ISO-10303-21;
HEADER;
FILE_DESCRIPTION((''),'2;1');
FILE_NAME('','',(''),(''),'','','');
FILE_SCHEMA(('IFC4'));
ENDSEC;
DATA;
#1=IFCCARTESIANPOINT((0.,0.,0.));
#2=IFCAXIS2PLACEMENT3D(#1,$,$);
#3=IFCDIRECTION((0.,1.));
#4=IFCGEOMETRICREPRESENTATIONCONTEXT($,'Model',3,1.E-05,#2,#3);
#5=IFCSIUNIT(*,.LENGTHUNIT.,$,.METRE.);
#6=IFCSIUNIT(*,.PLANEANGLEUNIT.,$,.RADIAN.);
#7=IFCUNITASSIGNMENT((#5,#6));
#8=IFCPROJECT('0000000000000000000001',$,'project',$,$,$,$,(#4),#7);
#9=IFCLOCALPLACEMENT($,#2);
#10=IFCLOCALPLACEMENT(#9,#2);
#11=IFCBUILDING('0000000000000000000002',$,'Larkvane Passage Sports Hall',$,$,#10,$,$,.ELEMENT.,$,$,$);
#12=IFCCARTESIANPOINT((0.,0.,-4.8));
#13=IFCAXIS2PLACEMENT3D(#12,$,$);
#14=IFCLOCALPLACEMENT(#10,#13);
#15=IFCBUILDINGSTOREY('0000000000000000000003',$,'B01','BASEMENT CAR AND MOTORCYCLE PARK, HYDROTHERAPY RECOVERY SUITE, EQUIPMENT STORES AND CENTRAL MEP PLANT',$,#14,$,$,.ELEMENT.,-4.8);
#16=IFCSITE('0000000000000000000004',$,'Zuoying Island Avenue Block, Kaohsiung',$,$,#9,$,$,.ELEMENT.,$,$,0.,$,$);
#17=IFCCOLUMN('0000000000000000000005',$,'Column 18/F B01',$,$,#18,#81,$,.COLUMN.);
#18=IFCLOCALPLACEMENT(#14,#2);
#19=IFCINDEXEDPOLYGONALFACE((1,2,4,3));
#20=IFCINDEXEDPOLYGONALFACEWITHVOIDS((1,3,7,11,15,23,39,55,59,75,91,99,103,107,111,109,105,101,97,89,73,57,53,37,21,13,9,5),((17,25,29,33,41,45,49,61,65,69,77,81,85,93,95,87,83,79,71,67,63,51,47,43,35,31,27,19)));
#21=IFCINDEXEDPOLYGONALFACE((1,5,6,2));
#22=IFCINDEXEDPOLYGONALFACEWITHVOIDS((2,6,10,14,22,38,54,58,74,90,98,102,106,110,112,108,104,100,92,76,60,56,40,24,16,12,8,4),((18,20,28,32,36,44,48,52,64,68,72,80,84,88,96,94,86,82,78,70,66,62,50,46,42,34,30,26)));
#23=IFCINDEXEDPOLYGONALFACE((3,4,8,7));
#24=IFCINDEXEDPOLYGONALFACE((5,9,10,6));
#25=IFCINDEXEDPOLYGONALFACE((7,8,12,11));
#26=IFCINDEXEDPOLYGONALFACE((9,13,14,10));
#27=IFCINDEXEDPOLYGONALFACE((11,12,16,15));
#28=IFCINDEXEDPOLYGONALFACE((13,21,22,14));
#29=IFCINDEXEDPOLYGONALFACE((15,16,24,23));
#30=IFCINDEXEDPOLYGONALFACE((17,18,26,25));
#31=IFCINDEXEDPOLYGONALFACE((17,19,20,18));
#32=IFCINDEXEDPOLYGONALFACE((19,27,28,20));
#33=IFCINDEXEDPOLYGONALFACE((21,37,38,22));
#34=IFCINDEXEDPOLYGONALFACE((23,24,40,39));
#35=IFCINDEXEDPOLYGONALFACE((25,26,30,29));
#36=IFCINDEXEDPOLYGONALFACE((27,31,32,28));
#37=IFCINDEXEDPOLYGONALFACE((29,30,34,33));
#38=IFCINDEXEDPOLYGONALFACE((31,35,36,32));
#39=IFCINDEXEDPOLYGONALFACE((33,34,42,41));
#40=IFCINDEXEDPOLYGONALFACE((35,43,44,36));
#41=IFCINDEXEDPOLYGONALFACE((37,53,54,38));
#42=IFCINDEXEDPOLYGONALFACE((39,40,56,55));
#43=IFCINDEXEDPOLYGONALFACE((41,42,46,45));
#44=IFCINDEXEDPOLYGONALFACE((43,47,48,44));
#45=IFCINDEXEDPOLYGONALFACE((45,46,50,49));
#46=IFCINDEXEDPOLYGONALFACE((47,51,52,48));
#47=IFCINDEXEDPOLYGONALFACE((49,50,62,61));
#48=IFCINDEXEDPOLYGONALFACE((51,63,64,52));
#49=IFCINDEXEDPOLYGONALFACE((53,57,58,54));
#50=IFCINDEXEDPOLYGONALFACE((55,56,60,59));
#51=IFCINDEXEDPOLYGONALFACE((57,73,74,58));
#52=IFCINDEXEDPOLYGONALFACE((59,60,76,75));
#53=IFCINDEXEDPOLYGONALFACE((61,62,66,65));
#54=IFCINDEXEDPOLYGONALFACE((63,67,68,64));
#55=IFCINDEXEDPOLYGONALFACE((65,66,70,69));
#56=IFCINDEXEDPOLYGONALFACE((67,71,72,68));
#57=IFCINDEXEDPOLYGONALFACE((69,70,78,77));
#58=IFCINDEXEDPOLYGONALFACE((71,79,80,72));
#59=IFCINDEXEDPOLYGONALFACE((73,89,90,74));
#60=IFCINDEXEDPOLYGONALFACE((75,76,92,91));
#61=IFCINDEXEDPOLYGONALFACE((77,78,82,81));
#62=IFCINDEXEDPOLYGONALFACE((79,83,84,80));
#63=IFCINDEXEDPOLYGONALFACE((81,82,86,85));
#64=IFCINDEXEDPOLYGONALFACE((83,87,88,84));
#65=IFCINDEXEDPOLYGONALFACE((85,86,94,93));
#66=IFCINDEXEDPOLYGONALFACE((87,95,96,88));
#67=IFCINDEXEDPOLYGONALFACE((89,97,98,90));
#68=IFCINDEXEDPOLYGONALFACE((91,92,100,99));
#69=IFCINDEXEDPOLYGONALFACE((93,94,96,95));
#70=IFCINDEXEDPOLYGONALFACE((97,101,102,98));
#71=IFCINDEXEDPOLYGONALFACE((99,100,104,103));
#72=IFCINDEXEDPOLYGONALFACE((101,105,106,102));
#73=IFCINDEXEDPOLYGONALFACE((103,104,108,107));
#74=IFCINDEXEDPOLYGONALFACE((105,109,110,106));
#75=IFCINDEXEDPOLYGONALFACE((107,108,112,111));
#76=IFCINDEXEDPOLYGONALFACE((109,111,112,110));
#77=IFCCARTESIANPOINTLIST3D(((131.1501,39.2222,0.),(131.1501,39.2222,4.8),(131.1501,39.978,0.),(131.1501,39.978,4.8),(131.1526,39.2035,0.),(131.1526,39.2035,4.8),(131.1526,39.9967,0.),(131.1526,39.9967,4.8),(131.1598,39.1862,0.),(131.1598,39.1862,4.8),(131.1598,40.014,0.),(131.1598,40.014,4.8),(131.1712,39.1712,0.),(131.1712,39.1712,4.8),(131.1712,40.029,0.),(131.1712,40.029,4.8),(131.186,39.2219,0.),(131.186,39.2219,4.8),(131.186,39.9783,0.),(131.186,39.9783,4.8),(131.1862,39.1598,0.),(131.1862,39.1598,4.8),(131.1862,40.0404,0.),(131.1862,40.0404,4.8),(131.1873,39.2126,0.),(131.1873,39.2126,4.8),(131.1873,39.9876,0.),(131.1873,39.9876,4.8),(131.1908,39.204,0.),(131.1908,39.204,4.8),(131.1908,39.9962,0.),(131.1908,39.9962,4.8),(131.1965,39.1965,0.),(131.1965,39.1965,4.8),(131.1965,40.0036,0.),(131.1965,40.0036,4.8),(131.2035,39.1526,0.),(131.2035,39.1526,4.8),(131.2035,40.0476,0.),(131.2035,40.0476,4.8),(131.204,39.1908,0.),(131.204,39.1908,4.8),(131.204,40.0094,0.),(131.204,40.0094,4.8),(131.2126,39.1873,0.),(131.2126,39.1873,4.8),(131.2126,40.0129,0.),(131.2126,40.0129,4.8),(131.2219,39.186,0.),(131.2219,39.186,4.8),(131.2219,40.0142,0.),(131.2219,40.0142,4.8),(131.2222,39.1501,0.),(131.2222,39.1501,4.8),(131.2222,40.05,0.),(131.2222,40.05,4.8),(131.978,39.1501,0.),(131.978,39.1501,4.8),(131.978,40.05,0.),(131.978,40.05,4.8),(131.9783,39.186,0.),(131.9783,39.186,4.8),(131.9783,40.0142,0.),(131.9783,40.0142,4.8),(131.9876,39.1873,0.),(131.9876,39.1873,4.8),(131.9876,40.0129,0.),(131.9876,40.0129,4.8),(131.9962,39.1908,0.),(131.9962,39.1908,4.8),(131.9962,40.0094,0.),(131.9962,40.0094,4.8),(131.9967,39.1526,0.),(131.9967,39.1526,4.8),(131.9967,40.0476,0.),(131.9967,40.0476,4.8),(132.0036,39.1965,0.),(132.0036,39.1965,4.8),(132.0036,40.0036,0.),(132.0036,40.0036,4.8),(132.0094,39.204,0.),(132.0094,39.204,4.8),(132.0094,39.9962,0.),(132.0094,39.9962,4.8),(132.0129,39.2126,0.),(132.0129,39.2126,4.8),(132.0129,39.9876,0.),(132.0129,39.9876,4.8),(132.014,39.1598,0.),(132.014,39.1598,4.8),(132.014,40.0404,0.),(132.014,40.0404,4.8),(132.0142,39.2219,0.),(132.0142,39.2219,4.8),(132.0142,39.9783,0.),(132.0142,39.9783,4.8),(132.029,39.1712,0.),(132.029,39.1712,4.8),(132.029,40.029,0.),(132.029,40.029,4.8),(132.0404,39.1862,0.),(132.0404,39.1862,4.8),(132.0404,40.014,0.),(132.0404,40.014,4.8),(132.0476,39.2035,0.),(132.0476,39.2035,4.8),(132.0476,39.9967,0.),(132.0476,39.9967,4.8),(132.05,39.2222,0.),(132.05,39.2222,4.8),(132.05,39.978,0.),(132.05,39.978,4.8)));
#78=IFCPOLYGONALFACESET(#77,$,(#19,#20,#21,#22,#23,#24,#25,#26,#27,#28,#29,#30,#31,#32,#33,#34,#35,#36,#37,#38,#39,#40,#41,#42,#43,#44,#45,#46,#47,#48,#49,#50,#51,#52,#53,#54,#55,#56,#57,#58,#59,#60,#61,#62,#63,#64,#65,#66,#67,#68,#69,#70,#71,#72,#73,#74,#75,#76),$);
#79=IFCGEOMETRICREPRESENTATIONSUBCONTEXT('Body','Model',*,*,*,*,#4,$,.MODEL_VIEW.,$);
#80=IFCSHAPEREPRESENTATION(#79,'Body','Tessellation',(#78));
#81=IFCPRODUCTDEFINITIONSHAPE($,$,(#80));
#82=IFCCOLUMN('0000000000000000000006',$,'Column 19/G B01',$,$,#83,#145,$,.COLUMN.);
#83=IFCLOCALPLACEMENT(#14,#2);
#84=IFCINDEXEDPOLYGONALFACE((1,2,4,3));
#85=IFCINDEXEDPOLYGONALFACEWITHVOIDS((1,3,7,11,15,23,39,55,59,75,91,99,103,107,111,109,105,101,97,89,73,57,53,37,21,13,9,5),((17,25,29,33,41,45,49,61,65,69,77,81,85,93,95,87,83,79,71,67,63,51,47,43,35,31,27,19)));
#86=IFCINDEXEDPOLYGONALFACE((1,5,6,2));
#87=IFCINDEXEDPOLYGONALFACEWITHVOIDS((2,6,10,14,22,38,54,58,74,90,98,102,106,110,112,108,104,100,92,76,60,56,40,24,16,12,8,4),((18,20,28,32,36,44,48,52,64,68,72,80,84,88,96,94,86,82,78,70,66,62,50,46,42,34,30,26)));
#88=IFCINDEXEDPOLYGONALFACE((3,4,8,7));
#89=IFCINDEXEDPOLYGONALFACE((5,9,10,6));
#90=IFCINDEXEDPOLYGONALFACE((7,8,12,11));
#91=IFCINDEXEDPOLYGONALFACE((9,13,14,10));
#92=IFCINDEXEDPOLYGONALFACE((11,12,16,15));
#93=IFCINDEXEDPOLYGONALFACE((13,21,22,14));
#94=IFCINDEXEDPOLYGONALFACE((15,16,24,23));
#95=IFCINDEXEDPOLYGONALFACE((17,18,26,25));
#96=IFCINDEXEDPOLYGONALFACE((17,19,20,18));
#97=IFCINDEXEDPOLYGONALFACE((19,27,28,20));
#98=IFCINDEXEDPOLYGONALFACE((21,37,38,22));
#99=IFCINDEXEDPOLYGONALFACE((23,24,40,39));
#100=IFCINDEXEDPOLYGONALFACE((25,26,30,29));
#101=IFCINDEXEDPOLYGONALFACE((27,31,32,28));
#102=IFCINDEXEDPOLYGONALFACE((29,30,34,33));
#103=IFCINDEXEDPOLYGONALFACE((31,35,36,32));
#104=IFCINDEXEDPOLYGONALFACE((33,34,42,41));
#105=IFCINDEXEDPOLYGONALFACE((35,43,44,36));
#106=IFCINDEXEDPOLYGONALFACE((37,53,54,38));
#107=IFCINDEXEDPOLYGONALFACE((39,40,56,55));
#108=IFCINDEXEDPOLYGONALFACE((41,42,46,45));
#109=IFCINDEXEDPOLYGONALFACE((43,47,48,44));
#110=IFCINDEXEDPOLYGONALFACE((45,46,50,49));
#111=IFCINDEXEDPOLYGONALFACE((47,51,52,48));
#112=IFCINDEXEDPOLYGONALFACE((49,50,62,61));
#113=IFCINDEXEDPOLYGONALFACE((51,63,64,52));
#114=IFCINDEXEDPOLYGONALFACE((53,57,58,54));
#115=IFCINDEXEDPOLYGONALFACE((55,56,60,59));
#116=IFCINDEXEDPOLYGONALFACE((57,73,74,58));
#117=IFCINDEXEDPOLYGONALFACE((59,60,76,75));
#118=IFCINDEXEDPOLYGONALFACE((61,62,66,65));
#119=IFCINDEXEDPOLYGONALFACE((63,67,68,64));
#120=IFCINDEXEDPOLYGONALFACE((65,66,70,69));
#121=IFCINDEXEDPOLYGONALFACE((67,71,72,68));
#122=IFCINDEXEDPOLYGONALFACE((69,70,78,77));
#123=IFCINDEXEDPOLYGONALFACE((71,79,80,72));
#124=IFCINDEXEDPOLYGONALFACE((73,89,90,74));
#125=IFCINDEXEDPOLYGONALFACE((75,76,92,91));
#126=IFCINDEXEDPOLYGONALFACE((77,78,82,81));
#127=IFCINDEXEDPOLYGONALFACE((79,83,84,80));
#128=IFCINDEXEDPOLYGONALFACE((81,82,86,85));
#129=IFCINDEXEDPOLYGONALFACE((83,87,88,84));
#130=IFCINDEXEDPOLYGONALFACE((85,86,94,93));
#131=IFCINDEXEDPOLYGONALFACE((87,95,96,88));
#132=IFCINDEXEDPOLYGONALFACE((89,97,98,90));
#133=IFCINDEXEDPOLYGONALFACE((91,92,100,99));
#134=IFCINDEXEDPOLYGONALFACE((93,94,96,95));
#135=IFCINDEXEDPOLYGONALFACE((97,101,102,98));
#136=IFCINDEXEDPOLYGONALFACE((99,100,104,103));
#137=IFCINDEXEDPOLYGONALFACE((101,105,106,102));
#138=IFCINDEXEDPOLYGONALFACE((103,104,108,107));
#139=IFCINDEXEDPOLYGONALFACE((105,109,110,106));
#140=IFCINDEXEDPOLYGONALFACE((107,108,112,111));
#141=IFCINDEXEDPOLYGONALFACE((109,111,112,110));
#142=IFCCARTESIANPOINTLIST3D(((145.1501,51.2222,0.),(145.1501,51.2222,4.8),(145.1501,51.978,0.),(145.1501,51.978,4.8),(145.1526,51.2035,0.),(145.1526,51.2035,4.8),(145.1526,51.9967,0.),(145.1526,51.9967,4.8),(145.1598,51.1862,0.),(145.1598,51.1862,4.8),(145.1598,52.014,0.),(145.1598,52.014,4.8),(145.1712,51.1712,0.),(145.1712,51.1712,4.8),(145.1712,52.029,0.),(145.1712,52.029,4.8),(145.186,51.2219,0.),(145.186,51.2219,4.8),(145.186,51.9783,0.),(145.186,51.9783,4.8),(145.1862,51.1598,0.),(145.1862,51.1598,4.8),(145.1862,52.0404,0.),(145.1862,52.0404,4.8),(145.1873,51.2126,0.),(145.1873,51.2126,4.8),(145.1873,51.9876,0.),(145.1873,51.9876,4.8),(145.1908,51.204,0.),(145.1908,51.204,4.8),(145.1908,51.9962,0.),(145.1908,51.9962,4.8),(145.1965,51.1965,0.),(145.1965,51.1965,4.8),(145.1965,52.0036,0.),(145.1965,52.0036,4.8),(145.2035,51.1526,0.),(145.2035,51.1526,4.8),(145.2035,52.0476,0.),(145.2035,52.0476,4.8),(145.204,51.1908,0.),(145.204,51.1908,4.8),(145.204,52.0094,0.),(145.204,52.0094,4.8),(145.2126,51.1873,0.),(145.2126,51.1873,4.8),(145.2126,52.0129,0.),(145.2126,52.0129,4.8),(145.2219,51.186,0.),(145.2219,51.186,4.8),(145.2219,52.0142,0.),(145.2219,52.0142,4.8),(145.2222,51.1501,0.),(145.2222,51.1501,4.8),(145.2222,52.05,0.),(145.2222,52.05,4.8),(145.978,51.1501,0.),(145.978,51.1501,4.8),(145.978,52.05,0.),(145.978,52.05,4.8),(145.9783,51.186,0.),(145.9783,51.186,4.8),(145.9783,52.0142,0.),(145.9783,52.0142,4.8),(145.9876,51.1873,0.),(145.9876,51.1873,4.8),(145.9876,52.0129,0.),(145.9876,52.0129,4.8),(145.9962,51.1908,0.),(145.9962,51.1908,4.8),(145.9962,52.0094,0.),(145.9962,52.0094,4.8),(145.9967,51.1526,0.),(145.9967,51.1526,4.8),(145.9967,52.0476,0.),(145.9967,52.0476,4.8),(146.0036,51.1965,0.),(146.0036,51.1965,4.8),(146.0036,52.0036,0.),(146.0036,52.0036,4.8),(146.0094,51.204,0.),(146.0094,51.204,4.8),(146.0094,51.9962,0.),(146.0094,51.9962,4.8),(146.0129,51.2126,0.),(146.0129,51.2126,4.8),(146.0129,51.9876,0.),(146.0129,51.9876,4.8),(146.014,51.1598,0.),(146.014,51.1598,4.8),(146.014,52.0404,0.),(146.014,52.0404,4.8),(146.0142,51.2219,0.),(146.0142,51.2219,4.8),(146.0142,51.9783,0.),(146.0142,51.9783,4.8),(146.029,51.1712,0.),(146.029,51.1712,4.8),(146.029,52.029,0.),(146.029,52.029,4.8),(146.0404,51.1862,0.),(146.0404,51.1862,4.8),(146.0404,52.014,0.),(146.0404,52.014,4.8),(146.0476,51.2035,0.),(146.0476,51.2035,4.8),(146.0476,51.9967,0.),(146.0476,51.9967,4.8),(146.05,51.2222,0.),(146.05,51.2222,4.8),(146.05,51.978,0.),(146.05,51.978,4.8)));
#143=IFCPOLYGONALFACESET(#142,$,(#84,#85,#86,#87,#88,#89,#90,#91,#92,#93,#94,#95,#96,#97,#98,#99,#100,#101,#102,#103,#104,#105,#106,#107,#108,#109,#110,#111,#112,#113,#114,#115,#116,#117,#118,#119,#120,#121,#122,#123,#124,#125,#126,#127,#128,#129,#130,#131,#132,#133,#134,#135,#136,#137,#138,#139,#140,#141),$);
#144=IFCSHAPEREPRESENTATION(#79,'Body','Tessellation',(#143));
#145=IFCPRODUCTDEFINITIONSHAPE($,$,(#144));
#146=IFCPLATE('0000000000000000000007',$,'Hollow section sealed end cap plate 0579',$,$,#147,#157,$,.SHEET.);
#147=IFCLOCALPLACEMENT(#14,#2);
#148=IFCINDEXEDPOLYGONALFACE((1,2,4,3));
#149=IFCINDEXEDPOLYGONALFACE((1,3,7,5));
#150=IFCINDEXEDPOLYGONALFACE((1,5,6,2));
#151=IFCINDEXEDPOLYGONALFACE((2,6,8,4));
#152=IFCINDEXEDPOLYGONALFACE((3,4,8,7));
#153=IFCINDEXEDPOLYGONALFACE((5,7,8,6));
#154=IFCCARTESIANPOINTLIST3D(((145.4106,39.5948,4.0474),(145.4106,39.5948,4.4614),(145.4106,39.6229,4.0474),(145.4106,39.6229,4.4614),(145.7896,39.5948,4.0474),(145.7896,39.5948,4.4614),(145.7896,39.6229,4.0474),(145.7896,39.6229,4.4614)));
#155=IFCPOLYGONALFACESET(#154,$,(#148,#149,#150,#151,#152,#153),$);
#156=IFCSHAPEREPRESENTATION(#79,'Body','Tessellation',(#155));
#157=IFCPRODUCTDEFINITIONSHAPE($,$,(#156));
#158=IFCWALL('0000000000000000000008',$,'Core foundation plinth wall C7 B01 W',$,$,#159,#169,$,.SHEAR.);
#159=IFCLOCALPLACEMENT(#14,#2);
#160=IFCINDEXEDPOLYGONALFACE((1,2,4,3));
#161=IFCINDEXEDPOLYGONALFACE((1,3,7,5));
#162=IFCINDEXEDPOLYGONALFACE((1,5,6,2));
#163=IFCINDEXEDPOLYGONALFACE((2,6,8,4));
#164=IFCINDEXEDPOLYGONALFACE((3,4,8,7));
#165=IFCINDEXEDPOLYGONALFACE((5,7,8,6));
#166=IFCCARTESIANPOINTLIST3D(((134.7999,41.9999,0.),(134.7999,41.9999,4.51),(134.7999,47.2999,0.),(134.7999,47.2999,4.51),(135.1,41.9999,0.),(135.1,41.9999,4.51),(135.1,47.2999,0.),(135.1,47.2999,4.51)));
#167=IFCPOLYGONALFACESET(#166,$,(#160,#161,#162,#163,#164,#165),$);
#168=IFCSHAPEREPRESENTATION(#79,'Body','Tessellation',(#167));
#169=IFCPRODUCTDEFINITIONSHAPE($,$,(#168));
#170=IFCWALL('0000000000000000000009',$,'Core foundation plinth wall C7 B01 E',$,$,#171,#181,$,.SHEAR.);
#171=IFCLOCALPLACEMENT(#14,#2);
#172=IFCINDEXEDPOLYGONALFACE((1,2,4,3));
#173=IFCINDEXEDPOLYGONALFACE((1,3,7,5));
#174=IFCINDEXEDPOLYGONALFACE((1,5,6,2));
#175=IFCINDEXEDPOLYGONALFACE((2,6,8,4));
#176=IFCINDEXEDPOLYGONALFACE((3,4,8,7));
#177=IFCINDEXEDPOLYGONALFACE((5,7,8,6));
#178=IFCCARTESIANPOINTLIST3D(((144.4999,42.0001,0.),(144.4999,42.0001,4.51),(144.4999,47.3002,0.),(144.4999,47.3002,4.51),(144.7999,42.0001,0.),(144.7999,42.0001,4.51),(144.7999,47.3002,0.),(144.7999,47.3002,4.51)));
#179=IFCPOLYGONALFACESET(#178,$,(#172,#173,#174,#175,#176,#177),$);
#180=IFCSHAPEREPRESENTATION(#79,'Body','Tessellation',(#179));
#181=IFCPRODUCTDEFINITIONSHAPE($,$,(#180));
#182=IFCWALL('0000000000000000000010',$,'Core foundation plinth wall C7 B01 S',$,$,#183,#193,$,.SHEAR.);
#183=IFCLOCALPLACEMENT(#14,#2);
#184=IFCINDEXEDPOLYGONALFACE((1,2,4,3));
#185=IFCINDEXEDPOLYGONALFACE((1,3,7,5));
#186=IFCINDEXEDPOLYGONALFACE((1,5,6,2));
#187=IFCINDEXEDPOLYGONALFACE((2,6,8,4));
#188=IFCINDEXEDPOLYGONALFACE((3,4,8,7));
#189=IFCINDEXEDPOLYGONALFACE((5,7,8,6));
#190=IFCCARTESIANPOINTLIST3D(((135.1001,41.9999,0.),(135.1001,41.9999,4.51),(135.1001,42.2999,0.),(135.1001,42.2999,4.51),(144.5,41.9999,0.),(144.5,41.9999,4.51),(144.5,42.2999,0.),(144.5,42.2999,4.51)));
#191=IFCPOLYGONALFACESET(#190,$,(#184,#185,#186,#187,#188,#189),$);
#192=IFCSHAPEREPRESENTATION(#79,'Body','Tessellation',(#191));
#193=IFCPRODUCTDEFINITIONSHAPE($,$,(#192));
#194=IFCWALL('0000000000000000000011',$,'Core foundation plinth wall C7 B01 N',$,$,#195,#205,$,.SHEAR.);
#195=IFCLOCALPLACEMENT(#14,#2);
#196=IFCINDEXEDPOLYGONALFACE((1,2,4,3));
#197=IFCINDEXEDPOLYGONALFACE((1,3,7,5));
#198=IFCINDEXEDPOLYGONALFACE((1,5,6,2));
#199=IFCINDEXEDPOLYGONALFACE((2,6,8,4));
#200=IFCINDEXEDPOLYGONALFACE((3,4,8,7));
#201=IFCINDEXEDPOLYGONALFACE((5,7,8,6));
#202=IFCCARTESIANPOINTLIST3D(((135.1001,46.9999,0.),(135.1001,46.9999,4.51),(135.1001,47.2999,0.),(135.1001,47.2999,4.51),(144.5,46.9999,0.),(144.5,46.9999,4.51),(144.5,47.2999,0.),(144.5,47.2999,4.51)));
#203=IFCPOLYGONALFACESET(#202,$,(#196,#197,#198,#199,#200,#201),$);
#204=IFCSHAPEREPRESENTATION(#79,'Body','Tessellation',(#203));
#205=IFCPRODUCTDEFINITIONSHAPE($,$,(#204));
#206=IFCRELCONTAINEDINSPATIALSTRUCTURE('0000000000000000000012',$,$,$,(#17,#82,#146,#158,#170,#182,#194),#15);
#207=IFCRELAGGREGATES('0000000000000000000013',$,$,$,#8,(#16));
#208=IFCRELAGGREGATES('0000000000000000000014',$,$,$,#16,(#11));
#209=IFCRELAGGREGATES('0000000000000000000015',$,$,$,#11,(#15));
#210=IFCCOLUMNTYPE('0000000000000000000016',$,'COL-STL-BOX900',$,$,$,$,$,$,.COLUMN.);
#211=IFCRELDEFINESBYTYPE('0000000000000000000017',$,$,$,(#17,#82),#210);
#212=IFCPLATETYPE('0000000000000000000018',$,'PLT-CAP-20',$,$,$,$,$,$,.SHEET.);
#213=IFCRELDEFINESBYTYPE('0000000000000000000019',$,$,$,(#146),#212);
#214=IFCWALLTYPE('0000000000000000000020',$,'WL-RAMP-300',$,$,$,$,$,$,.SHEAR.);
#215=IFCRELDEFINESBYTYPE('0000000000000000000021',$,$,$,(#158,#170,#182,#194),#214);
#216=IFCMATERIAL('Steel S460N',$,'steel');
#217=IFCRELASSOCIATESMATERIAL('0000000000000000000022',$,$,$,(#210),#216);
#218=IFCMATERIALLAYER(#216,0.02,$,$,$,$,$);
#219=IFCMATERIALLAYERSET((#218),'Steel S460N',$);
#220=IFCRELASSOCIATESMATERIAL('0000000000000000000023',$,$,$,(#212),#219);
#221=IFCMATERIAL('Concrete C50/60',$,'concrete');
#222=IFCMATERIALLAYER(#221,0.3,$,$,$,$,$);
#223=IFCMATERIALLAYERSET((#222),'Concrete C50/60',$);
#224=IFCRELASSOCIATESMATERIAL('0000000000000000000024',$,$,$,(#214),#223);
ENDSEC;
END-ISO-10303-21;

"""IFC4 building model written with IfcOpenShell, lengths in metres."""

from ifc_helpers import new_model, si_unit, direction, frame, frame_2d, origin, origin_2d, place, context, subcontext, project, spatial, rectangle, hollow_rectangle, extrude, material, layer, layer_set, material_profile, profile_set, type_object, element, save


model = new_model("IFC4")

# Units and contexts
model_context = context("Model", 3, precision=1e-05, world=origin(), true_north=direction((0.0, 1.0)))
body_context = subcontext(model_context, "Body", "Model", "MODEL_VIEW")
ifc_project = project(units=[si_unit("LENGTHUNIT", "METRE"), si_unit("PLANEANGLEUNIT", "RADIAN")], contexts=[model_context])

# Site, building, storey
site_placement = place(None, origin())
site = spatial("IfcSite", under=ifc_project, at=site_placement, Name="Zuoying Island Avenue Block, Kaohsiung", CompositionType="ELEMENT", RefElevation=0.0)
building_placement = place(site_placement, origin())
building = spatial("IfcBuilding", under=site, at=building_placement, Name="Larkvane Passage Sports Hall", CompositionType="ELEMENT")
storey_placement = place(building_placement, frame((0.0, 0.0, -4.8)))
storey = spatial("IfcBuildingStorey", under=building, at=storey_placement, Name="B01", Description="BASEMENT CAR AND MOTORCYCLE PARK, HYDROTHERAPY RECOVERY SUITE, EQUIPMENT STORES AND CENTRAL MEP PLANT", CompositionType="ELEMENT", Elevation=-4.8)

# Columns
ifc_material_1 = material(Name="Steel S460N", Category="steel")
ifc_material_profile_1 = material_profile(ifc_material_1, hollow_rectangle(XDim=0.8999, YDim=0.8999, WallThickness=0.0359, InnerFilletRadius=0.0359, OuterFilletRadius=0.072, at=origin_2d()), Name="BOX-900x900x36")
ifc_profile_set_1 = profile_set([ifc_material_profile_1], Name="Steel S460N")
column_type_1 = type_object("IfcColumnType", Name="COL-STL-BOX900", PredefinedType="COLUMN", material=ifc_profile_set_1)
for number, where, z_axis, x_axis, name in (
    (1, (131.6001, 39.6001, 0.0), (0.0, 0.0, 1.0), (1.0, 0.0, 0.0), "Column 18/F B01"),
    (2, (145.6001, 51.6001, 0.0), (0.0, 0.0, 1.0), (1.0, 0.0, 0.0), "Column 19/G B01"),
):
    element("IfcColumn", number, at=place(storey_placement, frame(where, z_axis=z_axis, x_axis=x_axis)), inside=storey, type_object=column_type_1, Name=name, PredefinedType="COLUMN", context=body_context, shape_type="SweptSolid", body=[
        extrude(hollow_rectangle(XDim=0.8999, YDim=0.8999, WallThickness=0.0359, InnerFilletRadius=0.0359, OuterFilletRadius=0.072, at=origin_2d()), origin(), (0.0, 0.0, 1.0), 4.8),
    ])

# Plate
ifc_layer_1 = layer(ifc_material_1, 0.02)
ifc_layer_set_1 = layer_set([ifc_layer_1], Name="Steel S460N")
plate_type = type_object("IfcPlateType", Name="PLT-CAP-20", PredefinedType="SHEET", material=ifc_layer_set_1)
plate_placement = place(storey_placement, frame((145.6001, 39.6089, 4.0474), z_axis=(0.0, 0.0, 1.0), x_axis=(-1.0, 0.0, 0.0)))
element("IfcPlate", 3, at=plate_placement, inside=storey, type_object=plate_type, Name="Hollow section sealed end cap plate 0579", PredefinedType="SHEET", context=body_context, shape_type="SweptSolid", body=[
    extrude(rectangle(XDim=0.3789, YDim=0.0281, at=origin_2d()), origin(), (0.0, 0.0, 1.0), 0.4141),
])

# Walls
ifc_material_2 = material(Name="Concrete C50/60", Category="concrete")
ifc_layer_2 = layer(ifc_material_2, 0.3)
ifc_layer_set_2 = layer_set([ifc_layer_2], Name="Concrete C50/60")
wall_type = type_object("IfcWallType", Name="WL-RAMP-300", PredefinedType="SHEAR", material=ifc_layer_set_2)
for number, where, z_axis, x_axis, name in (
    (4, (134.95, 42.0, 0.0), (0.0, 0.0, 1.0), (0.0, 1.0, 0.0), "Core foundation plinth wall C7 B01 W"),
    (5, (144.6499, 47.3, 0.0), (0.0, 0.0, 1.0), (0.0, -1.0, 0.0), "Core foundation plinth wall C7 B01 E"),
):
    element("IfcWall", number, at=place(storey_placement, frame(where, z_axis=z_axis, x_axis=x_axis)), inside=storey, type_object=wall_type, Name=name, PredefinedType="SHEAR", context=body_context, shape_type="SweptSolid", body=[
        extrude(rectangle(XDim=5.3, YDim=0.3, at=frame_2d((2.6499, 0.0))), origin(), (0.0, 0.0, 1.0), 4.51),
    ])
for number, where, z_axis, x_axis, name in (
    (6, (144.5, 42.1499, 0.0), (0.0, 0.0, 1.0), (-1.0, 0.0, 0.0), "Core foundation plinth wall C7 B01 S"),
    (7, (135.1001, 47.1499, 0.0), (0.0, 0.0, 1.0), (1.0, 0.0, 0.0), "Core foundation plinth wall C7 B01 N"),
):
    element("IfcWall", number, at=place(storey_placement, frame(where, z_axis=z_axis, x_axis=x_axis)), inside=storey, type_object=wall_type, Name=name, PredefinedType="SHEAR", context=body_context, shape_type="SweptSolid", body=[
        extrude(rectangle(XDim=9.3999, YDim=0.3, at=frame_2d((4.7, 0.0))), origin(), (0.0, 0.0, 1.0), 4.51),
    ])

save(model, "model.ifc")
